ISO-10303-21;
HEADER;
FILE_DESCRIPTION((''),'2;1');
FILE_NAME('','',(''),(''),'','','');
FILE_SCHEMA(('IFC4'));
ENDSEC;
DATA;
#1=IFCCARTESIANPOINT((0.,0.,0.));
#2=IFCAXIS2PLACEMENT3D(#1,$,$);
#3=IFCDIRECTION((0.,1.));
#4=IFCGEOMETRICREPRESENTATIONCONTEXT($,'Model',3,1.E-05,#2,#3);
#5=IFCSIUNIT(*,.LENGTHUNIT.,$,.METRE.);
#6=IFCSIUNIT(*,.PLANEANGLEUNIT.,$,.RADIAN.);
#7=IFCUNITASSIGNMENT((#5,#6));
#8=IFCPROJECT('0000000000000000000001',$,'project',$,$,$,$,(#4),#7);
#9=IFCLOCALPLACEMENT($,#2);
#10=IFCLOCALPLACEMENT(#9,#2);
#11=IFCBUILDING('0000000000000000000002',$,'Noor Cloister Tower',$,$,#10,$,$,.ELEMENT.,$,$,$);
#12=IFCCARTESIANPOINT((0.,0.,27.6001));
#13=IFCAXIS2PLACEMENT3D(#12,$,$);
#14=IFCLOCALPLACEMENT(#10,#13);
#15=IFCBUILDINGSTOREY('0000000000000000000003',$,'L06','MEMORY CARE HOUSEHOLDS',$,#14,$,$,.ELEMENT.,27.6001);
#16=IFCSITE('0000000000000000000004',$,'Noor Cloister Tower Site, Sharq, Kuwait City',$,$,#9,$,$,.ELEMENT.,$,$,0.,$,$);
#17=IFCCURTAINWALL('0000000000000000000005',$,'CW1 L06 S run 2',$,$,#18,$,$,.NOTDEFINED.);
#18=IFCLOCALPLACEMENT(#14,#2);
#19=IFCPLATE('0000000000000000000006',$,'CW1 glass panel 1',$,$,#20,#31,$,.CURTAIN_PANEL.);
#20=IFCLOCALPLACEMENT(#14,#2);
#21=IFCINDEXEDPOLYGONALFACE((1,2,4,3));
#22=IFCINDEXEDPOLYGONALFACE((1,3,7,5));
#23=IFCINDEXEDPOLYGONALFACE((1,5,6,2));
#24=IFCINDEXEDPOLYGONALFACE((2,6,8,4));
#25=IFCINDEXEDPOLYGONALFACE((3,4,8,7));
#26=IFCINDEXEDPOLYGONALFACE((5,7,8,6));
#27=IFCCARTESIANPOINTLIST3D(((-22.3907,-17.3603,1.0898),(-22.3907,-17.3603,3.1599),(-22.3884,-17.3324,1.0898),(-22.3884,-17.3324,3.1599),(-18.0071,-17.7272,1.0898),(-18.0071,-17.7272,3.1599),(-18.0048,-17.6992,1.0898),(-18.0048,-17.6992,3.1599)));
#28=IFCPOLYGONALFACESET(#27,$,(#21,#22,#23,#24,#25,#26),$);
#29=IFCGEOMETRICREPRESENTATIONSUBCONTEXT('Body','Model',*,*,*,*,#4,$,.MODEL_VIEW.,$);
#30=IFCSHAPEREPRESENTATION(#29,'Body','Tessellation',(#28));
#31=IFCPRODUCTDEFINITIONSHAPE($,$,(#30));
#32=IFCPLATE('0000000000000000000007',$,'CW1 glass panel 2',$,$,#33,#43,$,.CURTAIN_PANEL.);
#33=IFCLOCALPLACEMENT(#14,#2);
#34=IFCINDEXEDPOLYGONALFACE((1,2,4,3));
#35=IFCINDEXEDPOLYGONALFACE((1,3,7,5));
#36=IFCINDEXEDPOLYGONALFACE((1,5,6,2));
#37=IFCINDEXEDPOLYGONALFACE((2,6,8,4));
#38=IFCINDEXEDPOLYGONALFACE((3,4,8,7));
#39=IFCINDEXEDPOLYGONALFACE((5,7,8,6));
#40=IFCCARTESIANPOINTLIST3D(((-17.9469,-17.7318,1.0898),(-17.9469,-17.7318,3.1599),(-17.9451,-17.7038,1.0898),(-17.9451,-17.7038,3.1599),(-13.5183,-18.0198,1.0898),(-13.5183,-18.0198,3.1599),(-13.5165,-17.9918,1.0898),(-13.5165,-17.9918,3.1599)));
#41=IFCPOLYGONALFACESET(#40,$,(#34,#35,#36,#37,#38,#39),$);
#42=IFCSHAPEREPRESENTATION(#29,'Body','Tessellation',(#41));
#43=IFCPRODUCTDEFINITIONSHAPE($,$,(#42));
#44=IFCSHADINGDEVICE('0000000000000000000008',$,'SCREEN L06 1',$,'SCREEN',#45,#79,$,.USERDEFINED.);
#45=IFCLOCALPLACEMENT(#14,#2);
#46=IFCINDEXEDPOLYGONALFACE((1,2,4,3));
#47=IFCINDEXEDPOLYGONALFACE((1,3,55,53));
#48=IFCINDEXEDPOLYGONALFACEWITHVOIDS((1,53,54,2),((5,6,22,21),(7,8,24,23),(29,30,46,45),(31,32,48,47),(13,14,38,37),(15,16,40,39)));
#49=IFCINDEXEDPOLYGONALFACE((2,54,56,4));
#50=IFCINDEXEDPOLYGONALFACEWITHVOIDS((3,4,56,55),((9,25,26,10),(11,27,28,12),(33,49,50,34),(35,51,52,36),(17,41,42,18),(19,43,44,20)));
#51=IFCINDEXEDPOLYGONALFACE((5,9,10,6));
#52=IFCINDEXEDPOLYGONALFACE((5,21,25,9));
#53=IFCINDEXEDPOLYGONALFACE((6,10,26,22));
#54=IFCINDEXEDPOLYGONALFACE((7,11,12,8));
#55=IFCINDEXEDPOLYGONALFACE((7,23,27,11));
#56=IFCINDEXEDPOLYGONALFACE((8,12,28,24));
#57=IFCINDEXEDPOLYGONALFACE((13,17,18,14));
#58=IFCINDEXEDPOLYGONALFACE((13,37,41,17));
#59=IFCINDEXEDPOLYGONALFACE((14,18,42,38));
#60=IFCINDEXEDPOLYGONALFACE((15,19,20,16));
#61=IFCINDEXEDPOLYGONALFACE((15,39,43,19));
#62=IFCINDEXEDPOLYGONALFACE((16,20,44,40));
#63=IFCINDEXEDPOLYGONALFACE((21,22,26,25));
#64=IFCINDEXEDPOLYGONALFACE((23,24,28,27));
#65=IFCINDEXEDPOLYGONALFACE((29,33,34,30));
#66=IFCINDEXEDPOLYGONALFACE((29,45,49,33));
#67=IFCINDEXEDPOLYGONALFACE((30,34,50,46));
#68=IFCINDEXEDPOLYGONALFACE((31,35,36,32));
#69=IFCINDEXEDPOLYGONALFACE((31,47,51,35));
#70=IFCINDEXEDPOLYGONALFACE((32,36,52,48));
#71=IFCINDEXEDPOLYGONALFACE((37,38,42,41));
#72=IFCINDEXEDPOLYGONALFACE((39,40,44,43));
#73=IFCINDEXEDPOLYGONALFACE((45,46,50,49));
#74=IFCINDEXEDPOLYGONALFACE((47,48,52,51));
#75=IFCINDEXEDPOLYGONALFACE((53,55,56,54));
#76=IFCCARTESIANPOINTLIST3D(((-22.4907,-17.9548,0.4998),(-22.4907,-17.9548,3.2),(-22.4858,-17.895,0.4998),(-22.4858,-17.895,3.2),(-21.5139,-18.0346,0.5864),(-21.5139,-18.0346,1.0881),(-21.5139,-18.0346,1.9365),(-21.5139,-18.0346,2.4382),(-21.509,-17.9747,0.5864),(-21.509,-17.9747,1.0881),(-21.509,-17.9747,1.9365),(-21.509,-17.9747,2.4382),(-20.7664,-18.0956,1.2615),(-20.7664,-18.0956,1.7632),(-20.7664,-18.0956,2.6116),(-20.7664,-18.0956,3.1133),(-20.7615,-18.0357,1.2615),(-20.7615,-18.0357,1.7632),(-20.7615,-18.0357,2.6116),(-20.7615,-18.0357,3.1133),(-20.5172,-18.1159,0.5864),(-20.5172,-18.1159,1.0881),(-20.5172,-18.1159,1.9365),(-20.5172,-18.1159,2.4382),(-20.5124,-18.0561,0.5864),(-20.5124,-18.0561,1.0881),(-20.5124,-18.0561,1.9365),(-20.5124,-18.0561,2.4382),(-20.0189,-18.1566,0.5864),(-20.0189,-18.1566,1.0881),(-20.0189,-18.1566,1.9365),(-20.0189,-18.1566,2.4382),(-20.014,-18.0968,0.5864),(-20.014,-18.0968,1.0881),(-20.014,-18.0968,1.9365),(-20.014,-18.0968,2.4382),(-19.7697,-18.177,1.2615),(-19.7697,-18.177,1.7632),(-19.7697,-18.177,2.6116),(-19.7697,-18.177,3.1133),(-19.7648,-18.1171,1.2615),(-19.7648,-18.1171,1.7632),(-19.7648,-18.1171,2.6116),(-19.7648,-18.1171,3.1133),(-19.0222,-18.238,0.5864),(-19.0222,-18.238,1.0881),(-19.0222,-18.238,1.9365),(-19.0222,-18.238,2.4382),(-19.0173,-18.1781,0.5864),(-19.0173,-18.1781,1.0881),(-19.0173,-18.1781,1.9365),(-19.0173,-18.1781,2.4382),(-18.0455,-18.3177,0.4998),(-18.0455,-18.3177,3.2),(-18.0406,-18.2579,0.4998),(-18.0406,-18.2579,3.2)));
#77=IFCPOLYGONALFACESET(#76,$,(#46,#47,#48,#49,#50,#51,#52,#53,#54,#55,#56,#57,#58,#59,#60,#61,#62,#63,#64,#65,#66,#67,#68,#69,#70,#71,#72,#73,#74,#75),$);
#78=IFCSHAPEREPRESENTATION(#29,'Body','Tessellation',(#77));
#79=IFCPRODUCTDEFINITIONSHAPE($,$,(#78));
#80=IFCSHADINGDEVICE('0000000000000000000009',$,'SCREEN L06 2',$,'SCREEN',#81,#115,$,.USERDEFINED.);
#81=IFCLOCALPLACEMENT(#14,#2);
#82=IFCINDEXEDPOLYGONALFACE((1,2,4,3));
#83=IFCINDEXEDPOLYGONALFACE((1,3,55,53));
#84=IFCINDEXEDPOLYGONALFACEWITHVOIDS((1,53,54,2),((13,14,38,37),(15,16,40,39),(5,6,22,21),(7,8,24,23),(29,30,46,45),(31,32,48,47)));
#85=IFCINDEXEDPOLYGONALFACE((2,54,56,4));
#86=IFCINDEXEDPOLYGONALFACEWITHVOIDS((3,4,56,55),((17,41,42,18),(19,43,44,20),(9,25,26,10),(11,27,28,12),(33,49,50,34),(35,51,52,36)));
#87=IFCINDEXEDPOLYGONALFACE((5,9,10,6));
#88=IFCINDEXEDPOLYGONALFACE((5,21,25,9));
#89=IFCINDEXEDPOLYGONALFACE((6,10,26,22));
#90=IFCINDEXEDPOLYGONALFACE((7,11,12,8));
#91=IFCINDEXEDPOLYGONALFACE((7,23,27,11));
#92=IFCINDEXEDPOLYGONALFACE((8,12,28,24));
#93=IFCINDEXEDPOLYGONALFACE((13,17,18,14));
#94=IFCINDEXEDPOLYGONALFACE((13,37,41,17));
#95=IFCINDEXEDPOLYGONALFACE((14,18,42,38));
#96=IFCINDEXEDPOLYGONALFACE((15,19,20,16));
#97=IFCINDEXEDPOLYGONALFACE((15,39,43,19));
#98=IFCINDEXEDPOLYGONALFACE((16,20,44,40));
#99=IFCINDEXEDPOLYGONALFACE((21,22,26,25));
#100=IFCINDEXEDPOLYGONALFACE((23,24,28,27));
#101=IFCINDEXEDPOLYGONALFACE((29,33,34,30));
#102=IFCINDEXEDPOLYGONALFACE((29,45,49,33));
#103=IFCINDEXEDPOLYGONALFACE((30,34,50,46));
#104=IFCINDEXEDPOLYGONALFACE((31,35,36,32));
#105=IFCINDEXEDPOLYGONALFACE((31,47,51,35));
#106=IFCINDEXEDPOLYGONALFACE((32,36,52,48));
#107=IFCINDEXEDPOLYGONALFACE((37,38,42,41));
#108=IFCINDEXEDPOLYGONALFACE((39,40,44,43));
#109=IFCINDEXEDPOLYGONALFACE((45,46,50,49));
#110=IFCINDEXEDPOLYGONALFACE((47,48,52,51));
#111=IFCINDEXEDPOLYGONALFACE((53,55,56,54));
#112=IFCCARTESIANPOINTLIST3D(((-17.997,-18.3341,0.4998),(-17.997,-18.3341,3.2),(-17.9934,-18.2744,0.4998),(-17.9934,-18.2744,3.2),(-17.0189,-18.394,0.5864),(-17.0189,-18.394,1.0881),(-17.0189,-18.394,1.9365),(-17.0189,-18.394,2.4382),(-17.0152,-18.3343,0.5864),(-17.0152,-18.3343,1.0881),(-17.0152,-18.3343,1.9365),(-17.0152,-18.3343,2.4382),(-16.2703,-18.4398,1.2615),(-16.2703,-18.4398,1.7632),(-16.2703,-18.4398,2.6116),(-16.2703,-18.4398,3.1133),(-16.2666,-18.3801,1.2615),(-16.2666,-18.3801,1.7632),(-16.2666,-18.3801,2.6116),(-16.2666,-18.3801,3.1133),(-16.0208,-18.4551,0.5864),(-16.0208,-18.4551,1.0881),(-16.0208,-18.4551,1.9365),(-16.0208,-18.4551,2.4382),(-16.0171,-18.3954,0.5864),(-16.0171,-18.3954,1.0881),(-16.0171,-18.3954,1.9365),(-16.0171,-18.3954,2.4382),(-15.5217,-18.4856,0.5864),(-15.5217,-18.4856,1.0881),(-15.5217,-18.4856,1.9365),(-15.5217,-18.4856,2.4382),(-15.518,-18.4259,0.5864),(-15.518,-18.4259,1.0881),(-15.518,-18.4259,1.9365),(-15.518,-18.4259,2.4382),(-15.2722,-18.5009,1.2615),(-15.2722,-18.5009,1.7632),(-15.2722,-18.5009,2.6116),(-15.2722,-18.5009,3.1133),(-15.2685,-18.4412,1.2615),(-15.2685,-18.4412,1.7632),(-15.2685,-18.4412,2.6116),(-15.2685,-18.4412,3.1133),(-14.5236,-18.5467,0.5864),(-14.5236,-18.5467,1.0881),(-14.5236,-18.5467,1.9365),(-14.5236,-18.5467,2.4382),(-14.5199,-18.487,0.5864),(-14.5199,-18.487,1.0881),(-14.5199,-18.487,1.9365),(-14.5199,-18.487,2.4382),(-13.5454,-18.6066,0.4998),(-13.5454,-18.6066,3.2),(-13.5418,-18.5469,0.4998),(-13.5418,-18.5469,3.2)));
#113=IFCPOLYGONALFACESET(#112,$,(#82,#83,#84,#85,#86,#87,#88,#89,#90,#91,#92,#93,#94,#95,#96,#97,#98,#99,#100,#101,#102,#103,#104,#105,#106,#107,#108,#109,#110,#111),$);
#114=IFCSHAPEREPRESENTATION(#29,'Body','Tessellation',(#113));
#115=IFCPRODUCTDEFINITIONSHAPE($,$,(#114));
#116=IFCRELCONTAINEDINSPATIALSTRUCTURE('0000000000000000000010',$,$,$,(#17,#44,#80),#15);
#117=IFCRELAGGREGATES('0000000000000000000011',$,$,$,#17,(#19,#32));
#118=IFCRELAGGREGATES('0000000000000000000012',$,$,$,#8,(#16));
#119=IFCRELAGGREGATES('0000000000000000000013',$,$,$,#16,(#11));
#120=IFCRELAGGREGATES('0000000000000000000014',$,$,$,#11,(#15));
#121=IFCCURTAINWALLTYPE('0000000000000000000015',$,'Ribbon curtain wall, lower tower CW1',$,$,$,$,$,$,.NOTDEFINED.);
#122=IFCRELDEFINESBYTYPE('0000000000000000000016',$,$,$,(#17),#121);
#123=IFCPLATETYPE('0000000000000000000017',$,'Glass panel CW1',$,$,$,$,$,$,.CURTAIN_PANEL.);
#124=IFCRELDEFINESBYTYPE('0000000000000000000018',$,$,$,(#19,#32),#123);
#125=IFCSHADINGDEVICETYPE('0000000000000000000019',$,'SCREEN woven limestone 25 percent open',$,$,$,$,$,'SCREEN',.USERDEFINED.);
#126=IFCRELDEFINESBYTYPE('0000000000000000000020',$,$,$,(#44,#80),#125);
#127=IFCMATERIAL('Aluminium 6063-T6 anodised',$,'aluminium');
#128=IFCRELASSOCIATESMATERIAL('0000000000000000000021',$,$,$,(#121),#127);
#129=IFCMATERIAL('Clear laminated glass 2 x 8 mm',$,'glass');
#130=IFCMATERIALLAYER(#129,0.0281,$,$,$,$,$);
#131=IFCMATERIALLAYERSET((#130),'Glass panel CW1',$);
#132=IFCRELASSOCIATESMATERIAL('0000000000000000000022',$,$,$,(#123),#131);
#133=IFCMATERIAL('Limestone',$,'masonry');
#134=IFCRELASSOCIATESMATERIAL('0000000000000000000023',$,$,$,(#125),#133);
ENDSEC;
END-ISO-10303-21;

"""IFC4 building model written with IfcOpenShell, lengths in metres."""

from ifc_helpers import new_model, si_unit, direction, frame, origin, origin_2d, place, context, subcontext, project, spatial, polyline, rectangle, outline, extrude, material, layer, layer_set, material_profile, profile_set, type_object, element, aggregate, save


model = new_model("IFC4")

# Units and contexts
model_context = context("Model", 3, precision=1e-05, world=origin(), true_north=direction((0.0, 1.0)))
body_context = subcontext(model_context, "Body", "Model", "MODEL_VIEW")
ifc_project = project(units=[si_unit("LENGTHUNIT", "METRE"), si_unit("PLANEANGLEUNIT", "RADIAN")], contexts=[model_context])

# Site, building, storey
site_placement = place(None, origin())
site = spatial("IfcSite", under=ifc_project, at=site_placement, Name="Noor Cloister Tower Site, Sharq, Kuwait City", CompositionType="ELEMENT", RefElevation=0.0)
building_placement = place(site_placement, origin())
building = spatial("IfcBuilding", under=site, at=building_placement, Name="Noor Cloister Tower", CompositionType="ELEMENT")
storey_placement = place(building_placement, frame((0.0, 0.0, 27.6001)))
storey = spatial("IfcBuildingStorey", under=building, at=storey_placement, Name="L06", Description="MEMORY CARE HOUSEHOLDS", CompositionType="ELEMENT", Elevation=27.6001)

# Curtain wall
ifc_material_1 = material(Name="Aluminium 6063-T6 anodised", Category="aluminium")
curtain_wall_type = type_object("IfcCurtainWallType", Name="Ribbon curtain wall, lower tower CW1", PredefinedType="NOTDEFINED", material=ifc_material_1)
curtain_wall_placement = place(storey_placement, origin())
curtain_wall = element("IfcCurtainWall", 1, at=curtain_wall_placement, inside=storey, type_object=curtain_wall_type, Name="CW1 L06 S run 2", PredefinedType="NOTDEFINED")

# Plates
ifc_material_2 = material(Name="Clear laminated glass 2 x 8 mm", Category="glass")
ifc_layer = layer(ifc_material_2, 0.0281)
ifc_layer_set = layer_set([ifc_layer], Name="Glass panel CW1")
plate_type = type_object("IfcPlateType", Name="Glass panel CW1", PredefinedType="CURTAIN_PANEL", material=ifc_layer_set)
plate_1_placement = place(storey_placement, frame((-20.1978, -17.5298, 1.0898), z_axis=(0.0, 0.0, 1.0), x_axis=(0.996517, -0.083396, 0.0)))
plate_1 = element("IfcPlate", 2, at=plate_1_placement, type_object=plate_type, Name="CW1 glass panel 1", PredefinedType="CURTAIN_PANEL", context=body_context, shape_type="SweptSolid", body=[
    extrude(rectangle(XDim=4.3989, YDim=0.0281, at=origin_2d()), origin(), (0.0, 0.0, 1.0), 2.0701),
])
plate_2_placement = place(storey_placement, frame((-15.7317, -17.8618, 1.0898), z_axis=(0.0, 0.0, 1.0), x_axis=(0.997892, -0.064893, 0.0)))
plate_2 = element("IfcPlate", 3, at=plate_2_placement, type_object=plate_type, Name="CW1 glass panel 2", PredefinedType="CURTAIN_PANEL", context=body_context, shape_type="SweptSolid", body=[
    extrude(rectangle(XDim=4.438, YDim=0.0281, at=origin_2d()), origin(), (0.0, 0.0, 1.0), 2.0701),
])
aggregate(curtain_wall, [plate_1, plate_2])

# Shading devices
ifc_material_3 = material(Name="Limestone", Category="masonry")
ifc_material_profile_1 = material_profile(ifc_material_3, outline(polyline([(-2.23, -1.3501), (2.23, -1.3501), (2.23, 1.3501), (-2.23, 1.3501), (-2.23, -1.3501)]), holes=[polyline([(-1.25, -1.2634), (-0.25, -1.2634), (-0.25, -0.7617), (-1.25, -0.7617), (-1.25, -1.2634)]), polyline([(0.25, -1.2634), (1.25, -1.2634), (1.25, -0.7617), (0.25, -0.7617), (0.25, -1.2634)]), polyline([(-0.5, -0.5884), (0.5, -0.5884), (0.5, -0.0867), (-0.5, -0.0867), (-0.5, -0.5884)]), polyline([(-1.25, 0.0867), (-0.25, 0.0867), (-0.25, 0.5884), (-1.25, 0.5884), (-1.25, 0.0867)]), polyline([(0.25, 0.0867), (1.25, 0.0867), (1.25, 0.5884), (0.25, 0.5884), (0.25, 0.0867)]), polyline([(-0.5, 0.7617), (0.5, 0.7617), (0.5, 1.2634), (-0.5, 1.2634), (-0.5, 0.7617)])]), Name="Woven screen 25 percent open")
ifc_profile_set_1 = profile_set([ifc_material_profile_1], Name="Limestone")
shading_device_type = type_object("IfcShadingDeviceType", Name="SCREEN woven limestone 25 percent open", ElementType="SCREEN", PredefinedType="USERDEFINED", material=ifc_profile_set_1)
shading_device_1_placement = place(storey_placement, frame((-20.2632, -18.0764, 1.8499), z_axis=(-0.081362, -0.996685, 0.0), x_axis=(0.996685, -0.081362, 0.0)))
element("IfcShadingDevice", 4, at=shading_device_1_placement, inside=storey, type_object=shading_device_type, Name="SCREEN L06 1", ObjectType="SCREEN", PredefinedType="USERDEFINED", context=body_context, shape_type="SweptSolid", body=[
    extrude(outline(polyline([(-2.23, -1.3501), (2.23, -1.3501), (2.23, 1.3501), (-2.23, 1.3501), (-2.23, -1.3501)]), holes=[polyline([(-1.25, -1.2634), (-0.25, -1.2634), (-0.25, -0.7617), (-1.25, -0.7617), (-1.25, -1.2634)]), polyline([(0.25, -1.2634), (1.25, -1.2634), (1.25, -0.7617), (0.25, -0.7617), (0.25, -1.2634)]), polyline([(-0.5, -0.5884), (0.5, -0.5884), (0.5, -0.0867), (-0.5, -0.0867), (-0.5, -0.5884)]), polyline([(-1.25, 0.0867), (-0.25, 0.0867), (-0.25, 0.5884), (-1.25, 0.5884), (-1.25, 0.0867)]), polyline([(0.25, 0.0867), (1.25, 0.0867), (1.25, 0.5884), (0.25, 0.5884), (0.25, 0.0867)]), polyline([(-0.5, 0.7617), (0.5, 0.7617), (0.5, 1.2634), (-0.5, 1.2634), (-0.5, 0.7617)])]), origin(), (0.0, 0.0, 1.0), 0.0601),
])
shading_device_2_placement = place(storey_placement, frame((-15.7676, -18.4106, 1.8499), z_axis=(-0.06111, -0.998131, 0.0), x_axis=(0.998131, -0.06111, 0.0)))
element("IfcShadingDevice", 5, at=shading_device_2_placement, inside=storey, type_object=shading_device_type, Name="SCREEN L06 2", ObjectType="SCREEN", PredefinedType="USERDEFINED", context=body_context, shape_type="SweptSolid", body=[
    extrude(outline(polyline([(-2.23, -1.3501), (2.23, -1.3501), (2.23, 1.3501), (-2.23, 1.3501), (-2.23, -1.3501)]), holes=[polyline([(-1.25, -1.2634), (-0.25, -1.2634), (-0.25, -0.7617), (-1.25, -0.7617), (-1.25, -1.2634)]), polyline([(0.25, -1.2634), (1.25, -1.2634), (1.25, -0.7617), (0.25, -0.7617), (0.25, -1.2634)]), polyline([(-0.5, -0.5884), (0.5, -0.5884), (0.5, -0.0867), (-0.5, -0.0867), (-0.5, -0.5884)]), polyline([(-1.25, 0.0867), (-0.25, 0.0867), (-0.25, 0.5884), (-1.25, 0.5884), (-1.25, 0.0867)]), polyline([(0.25, 0.0867), (1.25, 0.0867), (1.25, 0.5884), (0.25, 0.5884), (0.25, 0.0867)]), polyline([(-0.5, 0.7617), (0.5, 0.7617), (0.5, 1.2634), (-0.5, 1.2634), (-0.5, 0.7617)])]), origin(), (0.0, 0.0, 1.0), 0.0598),
])

save(model, "model.ifc")
